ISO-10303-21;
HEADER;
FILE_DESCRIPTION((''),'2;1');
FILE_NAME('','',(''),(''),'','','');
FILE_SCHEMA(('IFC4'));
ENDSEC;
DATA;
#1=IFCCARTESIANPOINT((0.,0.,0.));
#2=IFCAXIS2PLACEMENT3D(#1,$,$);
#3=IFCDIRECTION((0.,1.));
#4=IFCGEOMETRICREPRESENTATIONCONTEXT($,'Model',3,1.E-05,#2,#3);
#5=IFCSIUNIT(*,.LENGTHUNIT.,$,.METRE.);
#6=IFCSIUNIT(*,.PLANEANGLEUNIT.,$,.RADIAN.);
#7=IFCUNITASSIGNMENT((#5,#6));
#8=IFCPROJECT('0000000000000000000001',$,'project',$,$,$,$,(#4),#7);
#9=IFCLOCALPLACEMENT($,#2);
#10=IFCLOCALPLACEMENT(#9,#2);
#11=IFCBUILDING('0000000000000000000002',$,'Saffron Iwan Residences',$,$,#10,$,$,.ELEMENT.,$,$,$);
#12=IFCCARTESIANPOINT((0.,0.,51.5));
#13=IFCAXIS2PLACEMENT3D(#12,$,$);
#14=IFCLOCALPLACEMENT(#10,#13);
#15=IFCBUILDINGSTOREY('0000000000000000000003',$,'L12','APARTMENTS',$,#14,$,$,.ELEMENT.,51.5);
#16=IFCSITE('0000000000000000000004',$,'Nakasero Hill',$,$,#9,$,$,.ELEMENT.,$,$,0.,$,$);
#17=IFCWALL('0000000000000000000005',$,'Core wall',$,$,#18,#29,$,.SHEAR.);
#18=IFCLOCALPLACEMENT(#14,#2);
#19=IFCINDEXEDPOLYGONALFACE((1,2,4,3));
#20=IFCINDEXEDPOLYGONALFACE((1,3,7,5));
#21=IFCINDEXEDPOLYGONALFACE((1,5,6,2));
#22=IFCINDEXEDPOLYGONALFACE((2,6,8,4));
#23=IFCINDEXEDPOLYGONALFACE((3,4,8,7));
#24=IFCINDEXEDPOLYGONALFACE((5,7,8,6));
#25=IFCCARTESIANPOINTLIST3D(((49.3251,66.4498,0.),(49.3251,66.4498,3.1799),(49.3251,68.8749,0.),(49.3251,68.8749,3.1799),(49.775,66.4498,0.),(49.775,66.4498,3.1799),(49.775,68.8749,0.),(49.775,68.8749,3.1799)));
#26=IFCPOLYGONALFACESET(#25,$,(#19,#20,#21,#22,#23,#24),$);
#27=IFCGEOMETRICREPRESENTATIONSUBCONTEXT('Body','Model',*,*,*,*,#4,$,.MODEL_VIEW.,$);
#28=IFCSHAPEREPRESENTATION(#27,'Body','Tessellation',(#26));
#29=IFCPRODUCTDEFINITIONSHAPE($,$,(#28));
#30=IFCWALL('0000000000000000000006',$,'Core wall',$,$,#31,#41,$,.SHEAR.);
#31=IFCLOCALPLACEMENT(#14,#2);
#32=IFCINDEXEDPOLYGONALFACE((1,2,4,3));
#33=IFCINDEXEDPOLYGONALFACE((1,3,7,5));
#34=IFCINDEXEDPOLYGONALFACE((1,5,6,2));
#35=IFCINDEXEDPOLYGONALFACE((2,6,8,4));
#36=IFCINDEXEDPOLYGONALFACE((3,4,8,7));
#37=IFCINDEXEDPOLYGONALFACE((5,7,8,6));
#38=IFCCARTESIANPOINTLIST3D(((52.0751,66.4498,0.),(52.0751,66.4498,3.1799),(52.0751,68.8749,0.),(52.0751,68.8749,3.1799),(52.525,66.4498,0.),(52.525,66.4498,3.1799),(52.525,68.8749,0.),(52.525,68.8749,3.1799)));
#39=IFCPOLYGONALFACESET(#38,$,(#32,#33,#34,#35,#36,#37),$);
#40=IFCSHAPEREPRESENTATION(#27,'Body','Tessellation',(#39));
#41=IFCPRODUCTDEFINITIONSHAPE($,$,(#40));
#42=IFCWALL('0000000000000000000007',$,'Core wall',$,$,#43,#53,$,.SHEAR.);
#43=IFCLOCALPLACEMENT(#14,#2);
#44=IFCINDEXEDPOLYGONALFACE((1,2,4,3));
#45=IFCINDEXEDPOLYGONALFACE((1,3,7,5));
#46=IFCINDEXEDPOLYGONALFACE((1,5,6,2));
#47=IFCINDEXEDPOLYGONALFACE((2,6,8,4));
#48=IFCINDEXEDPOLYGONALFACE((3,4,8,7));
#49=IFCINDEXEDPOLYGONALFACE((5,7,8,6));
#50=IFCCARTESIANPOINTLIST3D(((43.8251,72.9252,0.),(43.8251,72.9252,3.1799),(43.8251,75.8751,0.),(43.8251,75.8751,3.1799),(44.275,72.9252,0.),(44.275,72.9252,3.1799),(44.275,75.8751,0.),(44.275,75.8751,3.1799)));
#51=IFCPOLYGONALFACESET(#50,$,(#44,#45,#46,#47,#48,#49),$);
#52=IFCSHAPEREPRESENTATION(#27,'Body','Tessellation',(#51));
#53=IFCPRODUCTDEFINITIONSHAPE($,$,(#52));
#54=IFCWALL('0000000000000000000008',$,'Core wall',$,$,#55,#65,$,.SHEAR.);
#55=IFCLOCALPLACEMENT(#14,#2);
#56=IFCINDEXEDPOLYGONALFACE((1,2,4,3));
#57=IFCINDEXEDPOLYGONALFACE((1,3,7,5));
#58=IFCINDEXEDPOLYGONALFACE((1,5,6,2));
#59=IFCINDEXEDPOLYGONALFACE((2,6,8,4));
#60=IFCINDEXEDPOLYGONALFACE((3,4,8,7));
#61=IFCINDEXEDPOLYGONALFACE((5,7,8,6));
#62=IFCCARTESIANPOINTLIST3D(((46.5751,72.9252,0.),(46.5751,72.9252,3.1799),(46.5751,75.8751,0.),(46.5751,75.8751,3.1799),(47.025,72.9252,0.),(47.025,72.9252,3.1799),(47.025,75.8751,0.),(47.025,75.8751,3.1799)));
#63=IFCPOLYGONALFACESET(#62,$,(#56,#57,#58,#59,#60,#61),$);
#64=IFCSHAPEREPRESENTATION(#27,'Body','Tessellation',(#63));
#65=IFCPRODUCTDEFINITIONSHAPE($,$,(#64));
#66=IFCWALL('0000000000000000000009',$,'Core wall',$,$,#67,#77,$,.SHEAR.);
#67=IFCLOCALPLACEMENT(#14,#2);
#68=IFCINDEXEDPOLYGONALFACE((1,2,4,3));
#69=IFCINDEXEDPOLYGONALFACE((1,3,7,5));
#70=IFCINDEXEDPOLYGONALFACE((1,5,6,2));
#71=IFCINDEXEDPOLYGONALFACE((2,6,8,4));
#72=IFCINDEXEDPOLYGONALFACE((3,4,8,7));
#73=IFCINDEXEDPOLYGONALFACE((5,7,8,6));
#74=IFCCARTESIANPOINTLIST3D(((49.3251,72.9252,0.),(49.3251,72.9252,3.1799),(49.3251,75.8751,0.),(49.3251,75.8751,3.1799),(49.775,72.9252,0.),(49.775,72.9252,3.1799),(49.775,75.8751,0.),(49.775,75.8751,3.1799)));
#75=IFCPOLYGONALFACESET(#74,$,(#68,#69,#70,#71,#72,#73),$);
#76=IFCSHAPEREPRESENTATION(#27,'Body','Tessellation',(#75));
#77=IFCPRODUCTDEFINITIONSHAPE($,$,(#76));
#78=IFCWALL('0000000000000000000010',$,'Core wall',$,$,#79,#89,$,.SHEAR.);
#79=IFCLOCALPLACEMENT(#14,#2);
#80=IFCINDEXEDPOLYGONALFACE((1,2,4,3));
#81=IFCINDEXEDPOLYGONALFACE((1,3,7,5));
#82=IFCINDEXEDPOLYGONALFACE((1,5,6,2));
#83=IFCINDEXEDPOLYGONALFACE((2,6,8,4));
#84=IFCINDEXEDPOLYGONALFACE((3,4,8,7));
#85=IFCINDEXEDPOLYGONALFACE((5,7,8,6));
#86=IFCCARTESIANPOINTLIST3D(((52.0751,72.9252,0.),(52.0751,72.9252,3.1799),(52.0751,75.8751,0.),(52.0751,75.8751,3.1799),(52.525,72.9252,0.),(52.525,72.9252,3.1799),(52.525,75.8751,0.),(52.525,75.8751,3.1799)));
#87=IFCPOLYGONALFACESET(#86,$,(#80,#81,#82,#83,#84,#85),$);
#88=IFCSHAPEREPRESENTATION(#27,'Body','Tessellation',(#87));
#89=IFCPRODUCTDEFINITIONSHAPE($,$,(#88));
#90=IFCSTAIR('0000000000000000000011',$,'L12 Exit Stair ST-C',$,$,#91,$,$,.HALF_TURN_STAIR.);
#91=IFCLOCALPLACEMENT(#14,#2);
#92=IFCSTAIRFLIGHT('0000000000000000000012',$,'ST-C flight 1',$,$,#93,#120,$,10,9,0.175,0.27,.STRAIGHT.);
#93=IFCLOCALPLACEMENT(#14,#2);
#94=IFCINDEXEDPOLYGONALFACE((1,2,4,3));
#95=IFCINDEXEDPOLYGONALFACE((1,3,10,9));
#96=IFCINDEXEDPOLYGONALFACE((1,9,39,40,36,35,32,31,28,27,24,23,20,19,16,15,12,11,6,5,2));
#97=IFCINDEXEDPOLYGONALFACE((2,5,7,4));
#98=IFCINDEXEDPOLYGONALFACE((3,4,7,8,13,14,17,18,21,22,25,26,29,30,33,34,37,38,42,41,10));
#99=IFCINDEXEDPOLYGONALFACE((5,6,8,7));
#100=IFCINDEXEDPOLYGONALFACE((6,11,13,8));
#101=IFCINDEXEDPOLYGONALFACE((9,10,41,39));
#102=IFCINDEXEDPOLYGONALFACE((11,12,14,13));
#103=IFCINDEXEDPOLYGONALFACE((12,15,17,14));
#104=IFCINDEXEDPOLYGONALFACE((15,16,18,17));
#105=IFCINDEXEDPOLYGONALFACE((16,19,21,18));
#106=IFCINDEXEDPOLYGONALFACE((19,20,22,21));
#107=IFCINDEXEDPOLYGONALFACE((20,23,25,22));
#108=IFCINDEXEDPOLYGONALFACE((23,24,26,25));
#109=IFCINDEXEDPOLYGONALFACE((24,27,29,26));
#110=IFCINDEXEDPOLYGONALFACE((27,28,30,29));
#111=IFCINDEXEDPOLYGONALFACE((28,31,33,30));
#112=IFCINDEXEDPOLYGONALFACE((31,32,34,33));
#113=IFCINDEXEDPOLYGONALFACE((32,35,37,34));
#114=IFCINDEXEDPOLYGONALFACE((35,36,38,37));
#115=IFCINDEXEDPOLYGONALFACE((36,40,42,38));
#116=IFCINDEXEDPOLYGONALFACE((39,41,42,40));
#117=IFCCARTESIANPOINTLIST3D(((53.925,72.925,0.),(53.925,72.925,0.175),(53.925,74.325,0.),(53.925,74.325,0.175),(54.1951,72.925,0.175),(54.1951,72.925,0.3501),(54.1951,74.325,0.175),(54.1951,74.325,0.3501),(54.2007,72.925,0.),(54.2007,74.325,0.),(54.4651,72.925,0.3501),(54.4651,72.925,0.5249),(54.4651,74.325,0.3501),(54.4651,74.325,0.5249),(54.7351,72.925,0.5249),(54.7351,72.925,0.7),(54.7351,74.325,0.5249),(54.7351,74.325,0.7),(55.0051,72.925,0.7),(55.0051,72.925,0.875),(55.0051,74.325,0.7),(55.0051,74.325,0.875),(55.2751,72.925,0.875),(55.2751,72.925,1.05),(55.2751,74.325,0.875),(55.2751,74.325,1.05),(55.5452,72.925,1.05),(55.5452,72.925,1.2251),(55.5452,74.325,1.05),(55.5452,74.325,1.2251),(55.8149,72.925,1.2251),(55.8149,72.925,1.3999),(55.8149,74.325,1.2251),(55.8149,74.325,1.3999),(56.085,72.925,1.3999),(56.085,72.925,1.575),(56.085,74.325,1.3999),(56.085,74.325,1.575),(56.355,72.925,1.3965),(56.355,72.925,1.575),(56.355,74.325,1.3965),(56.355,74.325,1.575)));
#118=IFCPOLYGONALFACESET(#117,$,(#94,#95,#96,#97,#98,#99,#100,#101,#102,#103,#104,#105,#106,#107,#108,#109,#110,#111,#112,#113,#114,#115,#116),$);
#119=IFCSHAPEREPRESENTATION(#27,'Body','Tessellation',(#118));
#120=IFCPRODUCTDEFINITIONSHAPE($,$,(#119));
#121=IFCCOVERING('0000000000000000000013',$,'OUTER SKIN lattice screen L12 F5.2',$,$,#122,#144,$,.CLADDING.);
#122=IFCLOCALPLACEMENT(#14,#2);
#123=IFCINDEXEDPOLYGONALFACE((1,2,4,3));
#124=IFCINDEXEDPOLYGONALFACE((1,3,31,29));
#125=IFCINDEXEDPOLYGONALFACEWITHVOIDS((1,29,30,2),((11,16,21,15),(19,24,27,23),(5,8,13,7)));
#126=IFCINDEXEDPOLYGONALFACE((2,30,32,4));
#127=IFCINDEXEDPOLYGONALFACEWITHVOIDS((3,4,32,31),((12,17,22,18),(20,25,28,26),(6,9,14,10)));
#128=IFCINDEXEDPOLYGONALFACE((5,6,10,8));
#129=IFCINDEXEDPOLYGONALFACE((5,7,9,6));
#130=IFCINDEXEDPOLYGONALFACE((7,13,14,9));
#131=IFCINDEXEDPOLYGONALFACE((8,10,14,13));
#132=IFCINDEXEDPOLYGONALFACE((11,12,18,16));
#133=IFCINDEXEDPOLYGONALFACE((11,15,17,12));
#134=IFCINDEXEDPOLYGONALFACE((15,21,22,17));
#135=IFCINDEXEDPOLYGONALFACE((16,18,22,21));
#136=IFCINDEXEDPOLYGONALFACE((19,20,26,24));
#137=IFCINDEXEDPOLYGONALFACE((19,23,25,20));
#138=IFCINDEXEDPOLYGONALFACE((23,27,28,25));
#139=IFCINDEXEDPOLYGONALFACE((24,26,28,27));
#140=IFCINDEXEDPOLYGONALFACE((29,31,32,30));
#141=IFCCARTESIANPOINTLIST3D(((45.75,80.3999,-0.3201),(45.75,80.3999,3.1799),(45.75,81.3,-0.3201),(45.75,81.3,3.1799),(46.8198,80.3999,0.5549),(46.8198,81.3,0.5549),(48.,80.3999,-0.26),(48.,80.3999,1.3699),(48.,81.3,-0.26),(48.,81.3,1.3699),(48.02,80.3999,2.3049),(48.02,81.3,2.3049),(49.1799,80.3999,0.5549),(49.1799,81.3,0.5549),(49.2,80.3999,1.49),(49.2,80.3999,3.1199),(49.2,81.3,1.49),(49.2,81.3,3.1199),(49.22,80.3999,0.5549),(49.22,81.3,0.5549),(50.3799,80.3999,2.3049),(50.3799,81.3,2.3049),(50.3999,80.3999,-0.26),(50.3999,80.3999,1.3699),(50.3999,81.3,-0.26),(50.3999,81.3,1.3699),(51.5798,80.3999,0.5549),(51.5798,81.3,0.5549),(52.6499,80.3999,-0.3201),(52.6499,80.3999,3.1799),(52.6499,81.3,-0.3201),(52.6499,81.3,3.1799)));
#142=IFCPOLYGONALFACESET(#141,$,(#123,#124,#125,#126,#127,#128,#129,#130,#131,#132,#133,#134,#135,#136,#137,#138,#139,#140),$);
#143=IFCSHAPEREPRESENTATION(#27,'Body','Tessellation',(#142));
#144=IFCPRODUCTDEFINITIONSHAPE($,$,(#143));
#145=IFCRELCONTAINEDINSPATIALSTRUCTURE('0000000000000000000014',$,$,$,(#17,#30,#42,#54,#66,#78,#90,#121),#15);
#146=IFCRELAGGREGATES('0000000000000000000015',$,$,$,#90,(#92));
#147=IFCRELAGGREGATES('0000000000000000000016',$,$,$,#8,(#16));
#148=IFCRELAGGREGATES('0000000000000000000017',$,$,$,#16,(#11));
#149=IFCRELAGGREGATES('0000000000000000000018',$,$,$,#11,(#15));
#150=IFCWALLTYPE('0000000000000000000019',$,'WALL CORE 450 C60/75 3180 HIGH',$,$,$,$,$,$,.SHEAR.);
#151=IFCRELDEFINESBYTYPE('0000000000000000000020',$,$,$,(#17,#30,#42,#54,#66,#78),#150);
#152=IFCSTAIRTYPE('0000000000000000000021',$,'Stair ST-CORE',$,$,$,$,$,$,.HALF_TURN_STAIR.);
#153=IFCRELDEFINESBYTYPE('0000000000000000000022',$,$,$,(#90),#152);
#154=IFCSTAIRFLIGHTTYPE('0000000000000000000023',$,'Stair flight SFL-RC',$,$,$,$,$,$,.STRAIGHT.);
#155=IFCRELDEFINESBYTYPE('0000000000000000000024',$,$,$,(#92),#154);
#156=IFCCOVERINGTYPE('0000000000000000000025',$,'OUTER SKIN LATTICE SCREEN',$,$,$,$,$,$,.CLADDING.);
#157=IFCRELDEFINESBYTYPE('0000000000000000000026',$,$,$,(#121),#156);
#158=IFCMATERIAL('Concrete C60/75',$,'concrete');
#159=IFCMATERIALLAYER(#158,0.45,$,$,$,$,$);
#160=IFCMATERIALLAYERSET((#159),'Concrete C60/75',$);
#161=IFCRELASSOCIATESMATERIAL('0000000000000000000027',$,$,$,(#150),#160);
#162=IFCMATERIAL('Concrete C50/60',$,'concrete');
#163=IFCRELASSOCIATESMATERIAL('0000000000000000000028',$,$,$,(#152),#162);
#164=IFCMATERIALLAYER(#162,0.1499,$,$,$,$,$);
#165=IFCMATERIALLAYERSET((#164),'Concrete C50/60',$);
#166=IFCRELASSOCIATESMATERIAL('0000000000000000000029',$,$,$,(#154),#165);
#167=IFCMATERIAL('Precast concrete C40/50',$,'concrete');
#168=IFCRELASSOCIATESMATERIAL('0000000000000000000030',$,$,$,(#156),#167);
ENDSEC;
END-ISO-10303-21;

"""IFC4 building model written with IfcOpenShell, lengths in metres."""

from ifc_helpers import new_model, si_unit, direction, frame, frame_2d, origin, place, context, subcontext, project, spatial, polyline, rectangle, outline, extrude, material, layer, layer_set, type_object, element, aggregate, save


model = new_model("IFC4")

# Units and contexts
model_context = context("Model", 3, precision=1e-05, world=origin(), true_north=direction((0.0, 1.0)))
body_context = subcontext(model_context, "Body", "Model", "MODEL_VIEW")
ifc_project = project(units=[si_unit("LENGTHUNIT", "METRE"), si_unit("PLANEANGLEUNIT", "RADIAN")], contexts=[model_context])

# Site, building, storey
site_placement = place(None, origin())
site = spatial("IfcSite", under=ifc_project, at=site_placement, Name="Nakasero Hill", CompositionType="ELEMENT", RefElevation=0.0)
building_placement = place(site_placement, origin())
building = spatial("IfcBuilding", under=site, at=building_placement, Name="Saffron Iwan Residences", CompositionType="ELEMENT")
storey_placement = place(building_placement, frame((0.0, 0.0, 51.5)))
storey = spatial("IfcBuildingStorey", under=building, at=storey_placement, Name="L12", Description="APARTMENTS", CompositionType="ELEMENT", Elevation=51.5)

# Shared definitions
ifc_material_1 = material(Name="Concrete C60/75", Category="concrete")

# Walls
ifc_layer_1 = layer(ifc_material_1, 0.45)
ifc_layer_set_1 = layer_set([ifc_layer_1], Name="Concrete C60/75")
wall_type_1 = type_object("IfcWallType", Name="WALL CORE 450 C60/75 3180 HIGH", PredefinedType="SHEAR", material=ifc_layer_set_1)
for number, where, z_axis, x_axis, name in (
    (1, (49.55, 66.45, 0.0), (0.0, 0.0, 1.0), (0.0, 1.0, 0.0), "Core wall"),
    (2, (52.3, 66.45, 0.0), (0.0, 0.0, 1.0), (0.0, 1.0, 0.0), "Core wall"),
):
    element("IfcWall", number, at=place(storey_placement, frame(where, z_axis=z_axis, x_axis=x_axis)), inside=storey, type_object=wall_type_1, Name=name, PredefinedType="SHEAR", context=body_context, shape_type="SweptSolid", body=[
        extrude(rectangle(XDim=2.425, YDim=0.45, at=frame_2d((1.2124, 0.0))), origin(), (0.0, 0.0, 1.0), 3.1799),
    ])
for number, where, z_axis, x_axis, name in (
    (3, (44.05, 72.925, 0.0), (0.0, 0.0, 1.0), (0.0, 1.0, 0.0), "Core wall"),
    (4, (46.8, 72.925, 0.0), (0.0, 0.0, 1.0), (0.0, 1.0, 0.0), "Core wall"),
    (5, (49.55, 72.925, 0.0), (0.0, 0.0, 1.0), (0.0, 1.0, 0.0), "Core wall"),
    (6, (52.3, 72.925, 0.0), (0.0, 0.0, 1.0), (0.0, 1.0, 0.0), "Core wall"),
):
    element("IfcWall", number, at=place(storey_placement, frame(where, z_axis=z_axis, x_axis=x_axis)), inside=storey, type_object=wall_type_1, Name=name, PredefinedType="SHEAR", context=body_context, shape_type="SweptSolid", body=[
        extrude(rectangle(XDim=2.95, YDim=0.45, at=frame_2d((1.4751, 0.0))), origin(), (0.0, 0.0, 1.0), 3.1799),
    ])

# Stair, stair flight
ifc_material_2 = material(Name="Concrete C50/60", Category="concrete")
stair_type = type_object("IfcStairType", Name="Stair ST-CORE", PredefinedType="HALF_TURN_STAIR", material=ifc_material_2)
stair_placement = place(storey_placement, origin())
stair = element("IfcStair", 7, at=stair_placement, inside=storey, type_object=stair_type, Name="L12 Exit Stair ST-C", PredefinedType="HALF_TURN_STAIR")
ifc_layer_2 = layer(ifc_material_2, 0.1499)
ifc_layer_set_2 = layer_set([ifc_layer_2], Name="Concrete C50/60")
stair_flight_type = type_object("IfcStairFlightType", Name="Stair flight SFL-RC", PredefinedType="STRAIGHT", material=ifc_layer_set_2)
stair_flight_placement = place(storey_placement, frame((53.925, 73.625, 0.0), z_axis=(0.0, 0.0, 1.0), x_axis=(1.0, 0.0, 0.0)))
stair_flight = element("IfcStairFlight", 8, at=stair_flight_placement, type_object=stair_flight_type, Name="ST-C flight 1", NumberOfRisers=10, NumberOfTreads=9, PredefinedType="STRAIGHT", RiserHeight=0.175, TreadLength=0.27, context=body_context, shape_type="SweptSolid", body=[
    extrude(outline(polyline([(0.0, 0.0), (0.0, 0.175), (0.27, 0.175), (0.27, 0.3501), (0.54, 0.3501), (0.54, 0.5249), (0.8101, 0.5249), (0.8101, 0.7), (1.0801, 0.7), (1.0801, 0.875), (1.3501, 0.875), (1.3501, 1.05), (1.6201, 1.05), (1.6201, 1.2251), (1.8899, 1.2251), (1.8899, 1.3999), (2.1599, 1.3999), (2.1599, 1.575), (2.4299, 1.575), (2.4299, 1.75), (2.4299, 1.3965), (0.2756, 0.0), (0.0, 0.0)])), frame((0.0, 0.7, 0.0), z_axis=(0.0, -1.0, 0.0), x_axis=(1.0, 0.0, 0.0)), (0.0, 0.0, 1.0), 1.3999),
])
aggregate(stair, [stair_flight])

# Covering
ifc_material_3 = material(Name="Precast concrete C40/50", Category="concrete")
covering_type_1 = type_object("IfcCoveringType", Name="OUTER SKIN LATTICE SCREEN", PredefinedType="CLADDING", material=ifc_material_3)
covering_placement = place(storey_placement, frame((52.6499, 80.3999, -0.3201), z_axis=(0.0, 1.0, 0.0), x_axis=(-1.0, 0.0, 0.0)))
element("IfcCovering", 9, at=covering_placement, inside=storey, type_object=covering_type_1, Name="OUTER SKIN lattice screen L12 F5.2", PredefinedType="CLADDING", context=body_context, shape_type="SweptSolid", body=[
    extrude(outline(polyline([(0.0, 0.0), (6.8999, 0.0), (6.8999, 3.5), (0.0, 3.5), (0.0, 0.0)]), holes=[polyline([(1.0701, 0.875), (2.25, 0.0601), (3.4299, 0.875), (2.25, 1.6899), (1.0701, 0.875)]), polyline([(3.47, 0.875), (4.6499, 0.0601), (5.8301, 0.875), (4.6499, 1.6899), (3.47, 0.875)]), polyline([(2.27, 2.625), (3.45, 1.8101), (4.6299, 2.625), (3.45, 3.4399), (2.27, 2.625)])]), origin(), (0.0, 0.0, 1.0), 0.9001),
])

save(model, "model.ifc")
